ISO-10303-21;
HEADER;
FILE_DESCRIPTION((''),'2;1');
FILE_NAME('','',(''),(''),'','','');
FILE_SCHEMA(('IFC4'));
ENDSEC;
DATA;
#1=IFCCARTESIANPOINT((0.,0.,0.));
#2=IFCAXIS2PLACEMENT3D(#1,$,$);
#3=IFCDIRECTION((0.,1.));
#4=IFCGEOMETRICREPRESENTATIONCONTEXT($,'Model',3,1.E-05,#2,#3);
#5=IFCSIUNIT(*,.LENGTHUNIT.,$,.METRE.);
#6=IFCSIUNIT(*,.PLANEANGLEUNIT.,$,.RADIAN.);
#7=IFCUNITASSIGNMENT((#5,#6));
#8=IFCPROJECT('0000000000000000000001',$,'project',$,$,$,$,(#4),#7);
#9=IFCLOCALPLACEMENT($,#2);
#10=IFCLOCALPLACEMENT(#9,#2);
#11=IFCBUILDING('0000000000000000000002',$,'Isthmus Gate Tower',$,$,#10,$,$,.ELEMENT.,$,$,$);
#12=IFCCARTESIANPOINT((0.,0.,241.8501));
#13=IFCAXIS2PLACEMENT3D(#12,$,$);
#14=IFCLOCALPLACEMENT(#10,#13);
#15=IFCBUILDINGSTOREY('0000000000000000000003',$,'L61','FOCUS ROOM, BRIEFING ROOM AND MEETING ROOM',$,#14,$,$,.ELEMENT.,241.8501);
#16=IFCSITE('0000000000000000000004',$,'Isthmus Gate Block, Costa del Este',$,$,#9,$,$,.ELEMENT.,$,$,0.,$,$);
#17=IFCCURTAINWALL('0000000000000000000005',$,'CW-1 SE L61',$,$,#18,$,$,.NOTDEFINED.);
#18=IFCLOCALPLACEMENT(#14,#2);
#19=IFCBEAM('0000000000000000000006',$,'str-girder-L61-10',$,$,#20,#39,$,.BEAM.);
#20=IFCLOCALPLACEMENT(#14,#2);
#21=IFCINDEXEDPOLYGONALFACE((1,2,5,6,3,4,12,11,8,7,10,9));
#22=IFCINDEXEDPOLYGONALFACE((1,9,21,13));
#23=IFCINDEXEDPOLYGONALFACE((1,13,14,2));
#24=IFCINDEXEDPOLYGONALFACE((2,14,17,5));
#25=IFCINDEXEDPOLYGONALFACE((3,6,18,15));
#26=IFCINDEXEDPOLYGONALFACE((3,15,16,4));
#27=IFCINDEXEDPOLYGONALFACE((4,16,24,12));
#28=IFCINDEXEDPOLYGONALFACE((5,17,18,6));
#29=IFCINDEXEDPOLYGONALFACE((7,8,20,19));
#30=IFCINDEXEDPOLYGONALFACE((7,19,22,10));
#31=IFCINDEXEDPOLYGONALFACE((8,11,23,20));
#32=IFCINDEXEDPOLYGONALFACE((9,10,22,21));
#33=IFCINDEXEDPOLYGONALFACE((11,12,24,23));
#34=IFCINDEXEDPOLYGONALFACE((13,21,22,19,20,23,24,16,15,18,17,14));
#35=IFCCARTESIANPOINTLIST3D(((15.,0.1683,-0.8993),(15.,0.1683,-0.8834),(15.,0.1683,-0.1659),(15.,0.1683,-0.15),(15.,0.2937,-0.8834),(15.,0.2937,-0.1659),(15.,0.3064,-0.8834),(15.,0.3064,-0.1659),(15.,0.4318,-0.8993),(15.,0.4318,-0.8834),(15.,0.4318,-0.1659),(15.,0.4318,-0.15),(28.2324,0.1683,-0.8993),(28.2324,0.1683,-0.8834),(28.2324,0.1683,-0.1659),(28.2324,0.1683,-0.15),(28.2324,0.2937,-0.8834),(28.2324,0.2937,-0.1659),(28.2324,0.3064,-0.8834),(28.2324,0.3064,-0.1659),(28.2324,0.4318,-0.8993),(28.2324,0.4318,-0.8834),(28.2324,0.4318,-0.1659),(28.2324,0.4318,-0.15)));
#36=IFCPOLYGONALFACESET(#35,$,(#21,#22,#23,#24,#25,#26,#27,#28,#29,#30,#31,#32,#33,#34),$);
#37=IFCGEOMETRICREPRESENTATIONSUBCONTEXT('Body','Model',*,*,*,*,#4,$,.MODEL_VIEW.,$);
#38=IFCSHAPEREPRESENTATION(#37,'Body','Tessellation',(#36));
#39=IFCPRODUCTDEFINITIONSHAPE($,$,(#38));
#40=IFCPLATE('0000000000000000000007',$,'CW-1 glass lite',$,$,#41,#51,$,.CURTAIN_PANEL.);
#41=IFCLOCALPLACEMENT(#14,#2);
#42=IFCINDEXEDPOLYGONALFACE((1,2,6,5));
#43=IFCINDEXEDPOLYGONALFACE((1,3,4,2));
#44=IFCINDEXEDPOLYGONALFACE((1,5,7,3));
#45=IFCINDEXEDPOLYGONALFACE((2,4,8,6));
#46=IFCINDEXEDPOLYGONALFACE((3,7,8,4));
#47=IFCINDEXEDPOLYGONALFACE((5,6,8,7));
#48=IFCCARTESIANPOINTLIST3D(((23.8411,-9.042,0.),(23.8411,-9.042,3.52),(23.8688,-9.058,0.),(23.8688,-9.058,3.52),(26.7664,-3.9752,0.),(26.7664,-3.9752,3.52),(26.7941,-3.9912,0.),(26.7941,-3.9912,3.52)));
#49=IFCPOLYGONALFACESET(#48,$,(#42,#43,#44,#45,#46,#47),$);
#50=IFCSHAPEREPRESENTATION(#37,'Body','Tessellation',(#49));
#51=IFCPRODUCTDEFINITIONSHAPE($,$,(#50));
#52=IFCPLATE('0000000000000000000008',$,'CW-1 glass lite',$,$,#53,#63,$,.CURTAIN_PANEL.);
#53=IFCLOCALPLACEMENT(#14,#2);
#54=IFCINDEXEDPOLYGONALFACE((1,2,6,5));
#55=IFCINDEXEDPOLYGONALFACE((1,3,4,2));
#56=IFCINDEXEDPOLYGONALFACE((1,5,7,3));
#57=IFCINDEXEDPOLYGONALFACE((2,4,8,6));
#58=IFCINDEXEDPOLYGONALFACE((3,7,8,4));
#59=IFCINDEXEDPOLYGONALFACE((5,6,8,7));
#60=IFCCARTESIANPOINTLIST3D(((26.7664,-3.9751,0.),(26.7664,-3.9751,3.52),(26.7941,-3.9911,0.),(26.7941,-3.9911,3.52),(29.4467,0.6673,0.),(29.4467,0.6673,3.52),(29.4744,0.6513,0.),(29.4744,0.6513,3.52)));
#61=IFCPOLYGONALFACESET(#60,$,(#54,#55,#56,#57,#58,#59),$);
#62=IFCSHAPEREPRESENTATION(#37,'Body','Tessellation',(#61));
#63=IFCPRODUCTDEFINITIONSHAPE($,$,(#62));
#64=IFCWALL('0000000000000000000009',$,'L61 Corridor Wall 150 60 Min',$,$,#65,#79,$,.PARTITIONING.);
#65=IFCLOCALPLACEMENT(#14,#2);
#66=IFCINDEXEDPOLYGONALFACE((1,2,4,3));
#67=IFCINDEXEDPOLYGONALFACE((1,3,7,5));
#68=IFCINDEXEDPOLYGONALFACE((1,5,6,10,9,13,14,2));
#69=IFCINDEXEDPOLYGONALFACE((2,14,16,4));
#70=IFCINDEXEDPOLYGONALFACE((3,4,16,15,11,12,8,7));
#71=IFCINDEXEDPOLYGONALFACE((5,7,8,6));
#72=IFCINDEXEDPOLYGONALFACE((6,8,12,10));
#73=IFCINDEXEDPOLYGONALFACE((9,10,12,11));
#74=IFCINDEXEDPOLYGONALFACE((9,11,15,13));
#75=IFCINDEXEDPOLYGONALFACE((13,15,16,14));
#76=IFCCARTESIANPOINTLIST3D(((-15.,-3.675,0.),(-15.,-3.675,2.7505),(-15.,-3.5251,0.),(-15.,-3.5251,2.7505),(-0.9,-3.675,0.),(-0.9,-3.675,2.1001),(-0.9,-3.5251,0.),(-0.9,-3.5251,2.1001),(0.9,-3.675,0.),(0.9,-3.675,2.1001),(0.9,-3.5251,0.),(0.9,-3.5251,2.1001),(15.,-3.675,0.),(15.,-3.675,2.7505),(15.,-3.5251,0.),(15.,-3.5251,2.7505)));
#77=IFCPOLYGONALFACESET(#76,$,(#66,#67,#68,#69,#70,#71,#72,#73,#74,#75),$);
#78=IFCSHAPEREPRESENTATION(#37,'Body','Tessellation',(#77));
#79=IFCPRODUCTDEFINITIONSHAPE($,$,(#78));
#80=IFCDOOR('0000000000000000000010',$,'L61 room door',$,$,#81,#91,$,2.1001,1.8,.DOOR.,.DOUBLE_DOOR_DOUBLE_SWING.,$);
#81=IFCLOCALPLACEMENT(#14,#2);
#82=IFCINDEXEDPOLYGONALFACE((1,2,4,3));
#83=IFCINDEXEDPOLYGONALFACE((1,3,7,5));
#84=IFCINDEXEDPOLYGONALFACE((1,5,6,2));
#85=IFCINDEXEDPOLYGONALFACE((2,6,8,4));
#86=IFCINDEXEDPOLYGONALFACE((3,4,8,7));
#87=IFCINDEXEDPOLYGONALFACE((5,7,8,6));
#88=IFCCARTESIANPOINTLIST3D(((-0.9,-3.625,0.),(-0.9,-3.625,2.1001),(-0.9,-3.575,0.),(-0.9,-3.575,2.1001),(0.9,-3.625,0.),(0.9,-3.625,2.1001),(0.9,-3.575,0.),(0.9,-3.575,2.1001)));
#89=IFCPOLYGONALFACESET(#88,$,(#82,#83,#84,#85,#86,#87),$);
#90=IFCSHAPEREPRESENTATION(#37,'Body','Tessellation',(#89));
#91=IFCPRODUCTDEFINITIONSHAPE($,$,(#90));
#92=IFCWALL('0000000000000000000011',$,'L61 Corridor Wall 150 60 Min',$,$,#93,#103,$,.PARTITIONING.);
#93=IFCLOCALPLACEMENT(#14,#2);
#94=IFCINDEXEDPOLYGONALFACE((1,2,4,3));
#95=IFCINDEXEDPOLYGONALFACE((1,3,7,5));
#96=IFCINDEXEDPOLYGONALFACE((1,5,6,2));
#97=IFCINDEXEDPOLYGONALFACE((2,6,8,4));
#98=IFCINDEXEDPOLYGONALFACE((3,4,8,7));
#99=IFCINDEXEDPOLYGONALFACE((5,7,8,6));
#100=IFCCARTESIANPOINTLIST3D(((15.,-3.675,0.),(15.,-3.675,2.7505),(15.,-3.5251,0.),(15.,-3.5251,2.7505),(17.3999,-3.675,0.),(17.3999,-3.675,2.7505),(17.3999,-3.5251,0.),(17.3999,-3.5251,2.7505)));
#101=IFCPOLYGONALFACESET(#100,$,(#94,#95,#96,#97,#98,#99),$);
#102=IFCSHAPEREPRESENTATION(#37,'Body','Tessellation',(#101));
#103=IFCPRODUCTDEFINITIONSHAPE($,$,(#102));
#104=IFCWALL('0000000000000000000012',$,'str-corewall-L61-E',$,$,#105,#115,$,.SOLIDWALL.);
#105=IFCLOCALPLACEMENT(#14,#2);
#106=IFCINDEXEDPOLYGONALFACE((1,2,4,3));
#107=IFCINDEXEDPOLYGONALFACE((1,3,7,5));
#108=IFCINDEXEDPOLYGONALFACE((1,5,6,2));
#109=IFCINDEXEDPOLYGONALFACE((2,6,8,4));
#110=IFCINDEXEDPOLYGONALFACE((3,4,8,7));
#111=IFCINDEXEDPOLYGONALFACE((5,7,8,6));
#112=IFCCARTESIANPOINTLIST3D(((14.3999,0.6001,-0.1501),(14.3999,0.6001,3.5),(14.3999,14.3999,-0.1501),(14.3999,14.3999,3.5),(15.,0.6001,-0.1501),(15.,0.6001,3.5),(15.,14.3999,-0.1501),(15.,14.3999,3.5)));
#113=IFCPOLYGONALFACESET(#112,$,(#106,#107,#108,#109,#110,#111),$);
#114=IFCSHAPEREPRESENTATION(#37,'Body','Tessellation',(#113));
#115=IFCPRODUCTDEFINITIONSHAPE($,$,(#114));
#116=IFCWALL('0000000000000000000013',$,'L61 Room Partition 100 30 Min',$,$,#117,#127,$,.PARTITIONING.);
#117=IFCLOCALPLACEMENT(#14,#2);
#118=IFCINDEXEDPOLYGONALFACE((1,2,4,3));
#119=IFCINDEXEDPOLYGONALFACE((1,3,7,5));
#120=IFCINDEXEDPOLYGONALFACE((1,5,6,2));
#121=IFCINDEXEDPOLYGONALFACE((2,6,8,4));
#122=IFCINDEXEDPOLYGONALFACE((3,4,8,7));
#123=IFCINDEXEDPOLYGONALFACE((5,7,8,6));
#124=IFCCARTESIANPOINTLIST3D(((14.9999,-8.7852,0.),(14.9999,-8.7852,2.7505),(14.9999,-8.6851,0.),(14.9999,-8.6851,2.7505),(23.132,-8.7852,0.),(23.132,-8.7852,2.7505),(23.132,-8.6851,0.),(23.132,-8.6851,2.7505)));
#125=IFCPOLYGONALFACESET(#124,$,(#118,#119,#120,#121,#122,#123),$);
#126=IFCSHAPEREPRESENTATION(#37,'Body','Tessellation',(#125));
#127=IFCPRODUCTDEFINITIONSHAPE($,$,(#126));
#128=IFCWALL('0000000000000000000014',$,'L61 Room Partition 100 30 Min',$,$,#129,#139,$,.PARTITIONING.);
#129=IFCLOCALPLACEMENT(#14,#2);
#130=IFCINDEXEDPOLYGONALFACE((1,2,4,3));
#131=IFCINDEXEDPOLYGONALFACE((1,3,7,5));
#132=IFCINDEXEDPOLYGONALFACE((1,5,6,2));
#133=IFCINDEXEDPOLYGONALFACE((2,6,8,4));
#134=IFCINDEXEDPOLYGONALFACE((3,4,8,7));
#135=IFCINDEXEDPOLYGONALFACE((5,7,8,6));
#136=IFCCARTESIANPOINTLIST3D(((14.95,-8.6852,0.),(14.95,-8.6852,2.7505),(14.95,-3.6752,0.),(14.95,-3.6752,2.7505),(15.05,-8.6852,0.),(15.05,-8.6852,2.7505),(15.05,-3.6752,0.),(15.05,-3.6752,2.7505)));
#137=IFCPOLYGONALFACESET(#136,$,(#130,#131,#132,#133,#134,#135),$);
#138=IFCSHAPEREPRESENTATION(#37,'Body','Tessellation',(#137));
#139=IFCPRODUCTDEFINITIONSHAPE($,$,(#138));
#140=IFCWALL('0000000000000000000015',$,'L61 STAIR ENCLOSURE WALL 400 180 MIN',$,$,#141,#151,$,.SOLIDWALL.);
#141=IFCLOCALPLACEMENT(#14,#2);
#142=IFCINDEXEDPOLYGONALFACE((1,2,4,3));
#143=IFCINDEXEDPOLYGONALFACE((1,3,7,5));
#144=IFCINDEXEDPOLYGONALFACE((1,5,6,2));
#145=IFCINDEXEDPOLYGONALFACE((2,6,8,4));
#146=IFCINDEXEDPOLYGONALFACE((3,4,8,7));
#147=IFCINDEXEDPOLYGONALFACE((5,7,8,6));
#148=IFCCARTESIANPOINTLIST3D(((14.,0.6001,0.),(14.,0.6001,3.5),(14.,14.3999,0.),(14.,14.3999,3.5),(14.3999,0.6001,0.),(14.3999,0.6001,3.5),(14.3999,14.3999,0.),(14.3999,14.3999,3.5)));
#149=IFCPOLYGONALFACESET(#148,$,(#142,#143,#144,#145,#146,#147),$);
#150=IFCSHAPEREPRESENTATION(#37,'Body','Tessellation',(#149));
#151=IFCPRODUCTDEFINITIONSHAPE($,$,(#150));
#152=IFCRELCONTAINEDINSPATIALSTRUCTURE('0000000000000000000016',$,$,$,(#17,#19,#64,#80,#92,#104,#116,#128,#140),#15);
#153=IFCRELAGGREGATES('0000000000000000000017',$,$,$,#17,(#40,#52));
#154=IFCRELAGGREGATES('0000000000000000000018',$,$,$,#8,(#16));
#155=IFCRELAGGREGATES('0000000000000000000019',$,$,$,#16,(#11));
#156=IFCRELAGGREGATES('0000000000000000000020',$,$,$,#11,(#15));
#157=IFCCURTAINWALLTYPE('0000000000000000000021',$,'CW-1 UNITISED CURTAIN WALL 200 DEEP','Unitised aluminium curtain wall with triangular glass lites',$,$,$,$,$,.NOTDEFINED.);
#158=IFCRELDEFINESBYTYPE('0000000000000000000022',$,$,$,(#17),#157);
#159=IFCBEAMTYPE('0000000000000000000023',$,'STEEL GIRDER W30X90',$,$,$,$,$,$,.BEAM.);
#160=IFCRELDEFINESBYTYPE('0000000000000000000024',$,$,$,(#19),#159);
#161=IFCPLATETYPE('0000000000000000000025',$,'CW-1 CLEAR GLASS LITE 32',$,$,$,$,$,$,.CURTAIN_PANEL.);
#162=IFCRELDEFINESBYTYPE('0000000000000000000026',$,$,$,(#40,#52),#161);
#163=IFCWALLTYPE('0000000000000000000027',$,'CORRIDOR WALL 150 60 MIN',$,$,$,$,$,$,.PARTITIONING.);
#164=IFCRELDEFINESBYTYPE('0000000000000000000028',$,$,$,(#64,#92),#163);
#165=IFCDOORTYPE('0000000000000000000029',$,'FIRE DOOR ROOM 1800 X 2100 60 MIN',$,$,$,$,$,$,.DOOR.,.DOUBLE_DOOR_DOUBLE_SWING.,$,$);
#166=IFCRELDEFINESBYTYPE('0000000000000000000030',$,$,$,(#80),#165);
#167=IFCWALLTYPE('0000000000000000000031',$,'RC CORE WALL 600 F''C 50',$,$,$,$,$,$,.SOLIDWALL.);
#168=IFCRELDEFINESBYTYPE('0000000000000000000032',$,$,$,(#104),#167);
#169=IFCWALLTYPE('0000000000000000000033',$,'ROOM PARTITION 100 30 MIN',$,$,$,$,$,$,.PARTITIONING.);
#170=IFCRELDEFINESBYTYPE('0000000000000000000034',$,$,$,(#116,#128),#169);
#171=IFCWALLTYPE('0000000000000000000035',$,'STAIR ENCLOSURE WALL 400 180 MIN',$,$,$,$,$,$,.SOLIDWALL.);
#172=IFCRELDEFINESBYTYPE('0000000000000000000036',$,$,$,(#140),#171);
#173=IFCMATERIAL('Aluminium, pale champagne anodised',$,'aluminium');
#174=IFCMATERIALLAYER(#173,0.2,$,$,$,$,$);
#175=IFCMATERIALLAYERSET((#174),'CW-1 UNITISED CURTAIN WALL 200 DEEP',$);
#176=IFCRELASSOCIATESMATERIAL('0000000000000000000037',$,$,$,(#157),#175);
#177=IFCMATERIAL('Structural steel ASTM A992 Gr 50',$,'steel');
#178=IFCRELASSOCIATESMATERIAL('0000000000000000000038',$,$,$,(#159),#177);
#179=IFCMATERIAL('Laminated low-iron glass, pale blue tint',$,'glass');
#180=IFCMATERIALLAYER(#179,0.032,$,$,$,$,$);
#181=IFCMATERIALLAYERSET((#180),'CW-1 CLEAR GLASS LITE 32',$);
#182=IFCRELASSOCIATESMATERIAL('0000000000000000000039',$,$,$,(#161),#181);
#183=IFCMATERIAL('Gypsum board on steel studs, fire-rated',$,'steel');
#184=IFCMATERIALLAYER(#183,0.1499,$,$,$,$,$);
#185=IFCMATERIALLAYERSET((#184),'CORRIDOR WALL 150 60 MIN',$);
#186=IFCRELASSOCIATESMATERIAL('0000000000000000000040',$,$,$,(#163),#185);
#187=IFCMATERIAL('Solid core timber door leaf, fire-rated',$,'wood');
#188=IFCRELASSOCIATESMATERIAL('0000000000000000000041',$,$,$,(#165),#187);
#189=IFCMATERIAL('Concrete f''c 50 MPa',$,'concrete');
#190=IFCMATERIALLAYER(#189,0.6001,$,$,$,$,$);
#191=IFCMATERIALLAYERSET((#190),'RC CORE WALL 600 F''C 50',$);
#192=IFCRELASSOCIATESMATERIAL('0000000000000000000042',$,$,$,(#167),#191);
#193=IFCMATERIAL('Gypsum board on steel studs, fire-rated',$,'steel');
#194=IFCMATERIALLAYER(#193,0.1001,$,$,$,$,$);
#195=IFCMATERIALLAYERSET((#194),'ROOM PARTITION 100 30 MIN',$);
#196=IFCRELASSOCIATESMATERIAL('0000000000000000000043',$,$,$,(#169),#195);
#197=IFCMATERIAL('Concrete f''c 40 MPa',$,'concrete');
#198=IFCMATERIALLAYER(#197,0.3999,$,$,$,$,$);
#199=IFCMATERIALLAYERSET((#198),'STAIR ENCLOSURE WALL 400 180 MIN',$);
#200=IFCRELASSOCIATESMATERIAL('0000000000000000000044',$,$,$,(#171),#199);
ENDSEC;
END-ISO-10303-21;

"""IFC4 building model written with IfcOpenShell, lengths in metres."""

from ifc_helpers import new_model, si_unit, direction, frame, frame_2d, origin, origin_2d, place, context, subcontext, project, spatial, rectangle, i_section, extrude, material, layer, layer_set, material_profile, profile_set, type_object, element, fill, aggregate, save


model = new_model("IFC4")

# Units and contexts
model_context = context("Model", 3, precision=1e-05, world=origin(), true_north=direction((0.0, 1.0)))
body_context = subcontext(model_context, "Body", "Model", "MODEL_VIEW")
ifc_project = project(units=[si_unit("LENGTHUNIT", "METRE"), si_unit("PLANEANGLEUNIT", "RADIAN")], contexts=[model_context])

# Site, building, storey
site_placement = place(None, origin())
site = spatial("IfcSite", under=ifc_project, at=site_placement, Name="Isthmus Gate Block, Costa del Este", CompositionType="ELEMENT", RefElevation=0.0)
building_placement = place(site_placement, origin())
building = spatial("IfcBuilding", under=site, at=building_placement, Name="Isthmus Gate Tower", CompositionType="ELEMENT")
storey_placement = place(building_placement, frame((0.0, 0.0, 241.8501)))
storey = spatial("IfcBuildingStorey", under=building, at=storey_placement, Name="L61", Description="FOCUS ROOM, BRIEFING ROOM AND MEETING ROOM", CompositionType="ELEMENT", Elevation=241.8501)

# Shared definitions
ifc_material_1 = material(Name="Aluminium, pale champagne anodised", Category="aluminium")
ifc_layer_1 = layer(ifc_material_1, 0.2)
ifc_layer_set_1 = layer_set([ifc_layer_1], Name="CW-1 UNITISED CURTAIN WALL 200 DEEP")
curtain_wall_type = type_object("IfcCurtainWallType", Name="CW-1 UNITISED CURTAIN WALL 200 DEEP", Description="Unitised aluminium curtain wall with triangular glass lites", PredefinedType="NOTDEFINED", material=ifc_layer_set_1)

# Curtain wall
curtain_wall_1_placement = place(storey_placement, origin())
curtain_wall_1 = element("IfcCurtainWall", 1, at=curtain_wall_1_placement, inside=storey, type_object=curtain_wall_type, Name="CW-1 SE L61", PredefinedType="NOTDEFINED")

# Beam
ifc_material_2 = material(Name="Structural steel ASTM A992 Gr 50", Category="steel")
ifc_material_profile_1 = material_profile(ifc_material_2, i_section(OverallWidth=0.2634, OverallDepth=0.7493, WebThickness=0.0127, FlangeThickness=0.0159, at=origin_2d()), Name="W30X90")
ifc_profile_set_1 = profile_set([ifc_material_profile_1], Name="Structural steel ASTM A992 Gr 50")
beam_type_1 = type_object("IfcBeamType", Name="STEEL GIRDER W30X90", PredefinedType="BEAM", material=ifc_profile_set_1)
beam_1_placement = place(storey_placement, frame((15.0, 0.3, -0.5247), z_axis=(1.0, 0.0, 0.0), x_axis=(0.0, 1.0, 0.0)))
element("IfcBeam", 2, at=beam_1_placement, inside=storey, type_object=beam_type_1, Name="str-girder-L61-10", PredefinedType="BEAM", context=body_context, shape_type="SweptSolid", body=[
    extrude(i_section(OverallWidth=0.2634, OverallDepth=0.7493, WebThickness=0.0127, FlangeThickness=0.0159, at=origin_2d()), origin(), (0.0, 0.0, 1.0), 13.2324),
])

# Plates
ifc_material_3 = material(Name="Laminated low-iron glass, pale blue tint", Category="glass")
ifc_layer_2 = layer(ifc_material_3, 0.032)
ifc_layer_set_2 = layer_set([ifc_layer_2], Name="CW-1 CLEAR GLASS LITE 32")
plate_type = type_object("IfcPlateType", Name="CW-1 CLEAR GLASS LITE 32", PredefinedType="CURTAIN_PANEL", material=ifc_layer_set_2)
plate_1_placement = place(storey_placement, frame((25.3176, -6.5166, 0.0), z_axis=(0.0, 0.0, 1.0), x_axis=(0.5, 0.866025, 0.0)))
plate_1 = element("IfcPlate", 3, at=plate_1_placement, type_object=plate_type, Name="CW-1 glass lite", PredefinedType="CURTAIN_PANEL", context=body_context, shape_type="SweptSolid", body=[
    extrude(rectangle(XDim=5.8506, YDim=0.032, at=origin_2d()), origin(), (0.0, 0.0, 1.0), 3.52),
])
plate_2_placement = place(storey_placement, frame((28.1204, -1.6619, 0.0), z_axis=(0.0, 0.0, 1.0), x_axis=(0.5, 0.866025, 0.0)))
plate_2 = element("IfcPlate", 4, at=plate_2_placement, type_object=plate_type, Name="CW-1 glass lite", PredefinedType="CURTAIN_PANEL", context=body_context, shape_type="SweptSolid", body=[
    extrude(rectangle(XDim=5.3606, YDim=0.032, at=origin_2d()), origin(), (0.0, 0.0, 1.0), 3.52),
])
aggregate(curtain_wall_1, [plate_1, plate_2])

# Wall, opening, door
ifc_material_4 = material(Name="Gypsum board on steel studs, fire-rated", Category="steel")
ifc_layer_3 = layer(ifc_material_4, 0.1499)
ifc_layer_set_3 = layer_set([ifc_layer_3], Name="CORRIDOR WALL 150 60 MIN")
wall_type_1 = type_object("IfcWallType", Name="CORRIDOR WALL 150 60 MIN", PredefinedType="PARTITIONING", material=ifc_layer_set_3)
wall_1_placement = place(storey_placement, frame((15.0, -3.6001, 0.0), z_axis=(0.0, 0.0, 1.0), x_axis=(-1.0, 0.0, 0.0)))
wall_1 = element("IfcWall", 5, at=wall_1_placement, inside=storey, type_object=wall_type_1, Name="L61 Corridor Wall 150 60 Min", PredefinedType="PARTITIONING", context=body_context, shape_type="SweptSolid", body=[
    extrude(rectangle(XDim=30.0, YDim=0.1499, at=frame_2d((15.0, 0.0))), origin(), (0.0, 0.0, 1.0), 2.7505),
])
opening_placement = place(wall_1_placement, frame((14.1001, 0.0, 0.0)))
opening = element("IfcOpeningElement", 6, at=opening_placement, cuts=wall_1, PredefinedType="OPENING", context=body_context, shape_type="SweptSolid", body=[
    extrude(rectangle(XDim=1.8, YDim=2.1001, at=frame_2d((0.8999, 1.05))), frame((0.0, 0.085, 0.0), z_axis=(0.0, -1.0, 0.0), x_axis=(1.0, 0.0, 0.0)), (0.0, 0.0, 1.0), 0.1699),
])
ifc_material_5 = material(Name="Solid core timber door leaf, fire-rated", Category="wood")
door_type = type_object("IfcDoorType", Name="FIRE DOOR ROOM 1800 X 2100 60 MIN", OperationType="DOUBLE_DOOR_DOUBLE_SWING", PredefinedType="DOOR", material=ifc_material_5)
door_placement = place(opening_placement, origin())
door = element("IfcDoor", 7, at=door_placement, inside=storey, type_object=door_type, Name="L61 room door", OperationType="DOUBLE_DOOR_DOUBLE_SWING", OverallHeight=2.1001, OverallWidth=1.8, PredefinedType="DOOR", context=body_context, shape_type="SweptSolid", body=[
    extrude(rectangle(XDim=1.8, YDim=2.1001, at=frame_2d((0.8999, 1.05))), frame((0.0, 0.0249, 0.0), z_axis=(0.0, -1.0, 0.0), x_axis=(1.0, 0.0, 0.0)), (0.0, 0.0, 1.0), 0.05),
])
fill(opening, door)

# Walls
wall_2_placement = place(storey_placement, frame((17.3999, -3.6001, 0.0), z_axis=(0.0, 0.0, 1.0), x_axis=(-1.0, 0.0, 0.0)))
element("IfcWall", 8, at=wall_2_placement, inside=storey, type_object=wall_type_1, Name="L61 Corridor Wall 150 60 Min", PredefinedType="PARTITIONING", context=body_context, shape_type="SweptSolid", body=[
    extrude(rectangle(XDim=2.3999, YDim=0.1499, at=frame_2d((1.2, 0.0))), origin(), (0.0, 0.0, 1.0), 2.7505),
])
ifc_material_6 = material(Name="Concrete f'c 50 MPa", Category="concrete")
ifc_layer_4 = layer(ifc_material_6, 0.6001)
ifc_layer_set_4 = layer_set([ifc_layer_4], Name="RC CORE WALL 600 F'C 50")
wall_type_2 = type_object("IfcWallType", Name="RC CORE WALL 600 F'C 50", PredefinedType="SOLIDWALL", material=ifc_layer_set_4)
wall_3_placement = place(storey_placement, frame((14.7, 0.6001, -0.1501), z_axis=(0.0, 0.0, 1.0), x_axis=(0.0, 1.0, 0.0)))
element("IfcWall", 9, at=wall_3_placement, inside=storey, type_object=wall_type_2, Name="str-corewall-L61-E", PredefinedType="SOLIDWALL", context=body_context, shape_type="SweptSolid", body=[
    extrude(rectangle(XDim=13.7998, YDim=0.6001, at=frame_2d((6.8999, 0.0))), origin(), (0.0, 0.0, 1.0), 3.6501),
])
ifc_material_7 = material(Name="Gypsum board on steel studs, fire-rated", Category="steel")
ifc_layer_5 = layer(ifc_material_7, 0.1001)
ifc_layer_set_5 = layer_set([ifc_layer_5], Name="ROOM PARTITION 100 30 MIN")
wall_type_3 = type_object("IfcWallType", Name="ROOM PARTITION 100 30 MIN", PredefinedType="PARTITIONING", material=ifc_layer_set_5)
wall_4_placement = place(storey_placement, frame((15.0, -8.7351, 0.0), z_axis=(0.0, 0.0, 1.0), x_axis=(1.0, 0.0, 0.0)))
element("IfcWall", 10, at=wall_4_placement, inside=storey, type_object=wall_type_3, Name="L61 Room Partition 100 30 Min", PredefinedType="PARTITIONING", context=body_context, shape_type="SweptSolid", body=[
    extrude(rectangle(XDim=8.1321, YDim=0.1001, at=frame_2d((4.0659, 0.0))), origin(), (0.0, 0.0, 1.0), 2.7505),
])
wall_5_placement = place(storey_placement, frame((15.0, -8.6851, 0.0), z_axis=(0.0, 0.0, 1.0), x_axis=(0.0, 1.0, 0.0)))
element("IfcWall", 11, at=wall_5_placement, inside=storey, type_object=wall_type_3, Name="L61 Room Partition 100 30 Min", PredefinedType="PARTITIONING", context=body_context, shape_type="SweptSolid", body=[
    extrude(rectangle(XDim=5.01, YDim=0.1001, at=frame_2d((2.5049, 0.0))), origin(), (0.0, 0.0, 1.0), 2.7505),
])
ifc_material_8 = material(Name="Concrete f'c 40 MPa", Category="concrete")
ifc_layer_6 = layer(ifc_material_8, 0.3999)
ifc_layer_set_6 = layer_set([ifc_layer_6], Name="STAIR ENCLOSURE WALL 400 180 MIN")
wall_type_4 = type_object("IfcWallType", Name="STAIR ENCLOSURE WALL 400 180 MIN", PredefinedType="SOLIDWALL", material=ifc_layer_set_6)
wall_6_placement = place(storey_placement, frame((14.2, 0.6001, 0.0), z_axis=(0.0, 0.0, 1.0), x_axis=(0.0, 1.0, 0.0)))
element("IfcWall", 12, at=wall_6_placement, inside=storey, type_object=wall_type_4, Name="L61 STAIR ENCLOSURE WALL 400 180 MIN", PredefinedType="SOLIDWALL", context=body_context, shape_type="SweptSolid", body=[
    extrude(rectangle(XDim=13.7998, YDim=0.3999, at=frame_2d((6.8999, 0.0))), origin(), (0.0, 0.0, 1.0), 3.5),
])

save(model, "model.ifc")
